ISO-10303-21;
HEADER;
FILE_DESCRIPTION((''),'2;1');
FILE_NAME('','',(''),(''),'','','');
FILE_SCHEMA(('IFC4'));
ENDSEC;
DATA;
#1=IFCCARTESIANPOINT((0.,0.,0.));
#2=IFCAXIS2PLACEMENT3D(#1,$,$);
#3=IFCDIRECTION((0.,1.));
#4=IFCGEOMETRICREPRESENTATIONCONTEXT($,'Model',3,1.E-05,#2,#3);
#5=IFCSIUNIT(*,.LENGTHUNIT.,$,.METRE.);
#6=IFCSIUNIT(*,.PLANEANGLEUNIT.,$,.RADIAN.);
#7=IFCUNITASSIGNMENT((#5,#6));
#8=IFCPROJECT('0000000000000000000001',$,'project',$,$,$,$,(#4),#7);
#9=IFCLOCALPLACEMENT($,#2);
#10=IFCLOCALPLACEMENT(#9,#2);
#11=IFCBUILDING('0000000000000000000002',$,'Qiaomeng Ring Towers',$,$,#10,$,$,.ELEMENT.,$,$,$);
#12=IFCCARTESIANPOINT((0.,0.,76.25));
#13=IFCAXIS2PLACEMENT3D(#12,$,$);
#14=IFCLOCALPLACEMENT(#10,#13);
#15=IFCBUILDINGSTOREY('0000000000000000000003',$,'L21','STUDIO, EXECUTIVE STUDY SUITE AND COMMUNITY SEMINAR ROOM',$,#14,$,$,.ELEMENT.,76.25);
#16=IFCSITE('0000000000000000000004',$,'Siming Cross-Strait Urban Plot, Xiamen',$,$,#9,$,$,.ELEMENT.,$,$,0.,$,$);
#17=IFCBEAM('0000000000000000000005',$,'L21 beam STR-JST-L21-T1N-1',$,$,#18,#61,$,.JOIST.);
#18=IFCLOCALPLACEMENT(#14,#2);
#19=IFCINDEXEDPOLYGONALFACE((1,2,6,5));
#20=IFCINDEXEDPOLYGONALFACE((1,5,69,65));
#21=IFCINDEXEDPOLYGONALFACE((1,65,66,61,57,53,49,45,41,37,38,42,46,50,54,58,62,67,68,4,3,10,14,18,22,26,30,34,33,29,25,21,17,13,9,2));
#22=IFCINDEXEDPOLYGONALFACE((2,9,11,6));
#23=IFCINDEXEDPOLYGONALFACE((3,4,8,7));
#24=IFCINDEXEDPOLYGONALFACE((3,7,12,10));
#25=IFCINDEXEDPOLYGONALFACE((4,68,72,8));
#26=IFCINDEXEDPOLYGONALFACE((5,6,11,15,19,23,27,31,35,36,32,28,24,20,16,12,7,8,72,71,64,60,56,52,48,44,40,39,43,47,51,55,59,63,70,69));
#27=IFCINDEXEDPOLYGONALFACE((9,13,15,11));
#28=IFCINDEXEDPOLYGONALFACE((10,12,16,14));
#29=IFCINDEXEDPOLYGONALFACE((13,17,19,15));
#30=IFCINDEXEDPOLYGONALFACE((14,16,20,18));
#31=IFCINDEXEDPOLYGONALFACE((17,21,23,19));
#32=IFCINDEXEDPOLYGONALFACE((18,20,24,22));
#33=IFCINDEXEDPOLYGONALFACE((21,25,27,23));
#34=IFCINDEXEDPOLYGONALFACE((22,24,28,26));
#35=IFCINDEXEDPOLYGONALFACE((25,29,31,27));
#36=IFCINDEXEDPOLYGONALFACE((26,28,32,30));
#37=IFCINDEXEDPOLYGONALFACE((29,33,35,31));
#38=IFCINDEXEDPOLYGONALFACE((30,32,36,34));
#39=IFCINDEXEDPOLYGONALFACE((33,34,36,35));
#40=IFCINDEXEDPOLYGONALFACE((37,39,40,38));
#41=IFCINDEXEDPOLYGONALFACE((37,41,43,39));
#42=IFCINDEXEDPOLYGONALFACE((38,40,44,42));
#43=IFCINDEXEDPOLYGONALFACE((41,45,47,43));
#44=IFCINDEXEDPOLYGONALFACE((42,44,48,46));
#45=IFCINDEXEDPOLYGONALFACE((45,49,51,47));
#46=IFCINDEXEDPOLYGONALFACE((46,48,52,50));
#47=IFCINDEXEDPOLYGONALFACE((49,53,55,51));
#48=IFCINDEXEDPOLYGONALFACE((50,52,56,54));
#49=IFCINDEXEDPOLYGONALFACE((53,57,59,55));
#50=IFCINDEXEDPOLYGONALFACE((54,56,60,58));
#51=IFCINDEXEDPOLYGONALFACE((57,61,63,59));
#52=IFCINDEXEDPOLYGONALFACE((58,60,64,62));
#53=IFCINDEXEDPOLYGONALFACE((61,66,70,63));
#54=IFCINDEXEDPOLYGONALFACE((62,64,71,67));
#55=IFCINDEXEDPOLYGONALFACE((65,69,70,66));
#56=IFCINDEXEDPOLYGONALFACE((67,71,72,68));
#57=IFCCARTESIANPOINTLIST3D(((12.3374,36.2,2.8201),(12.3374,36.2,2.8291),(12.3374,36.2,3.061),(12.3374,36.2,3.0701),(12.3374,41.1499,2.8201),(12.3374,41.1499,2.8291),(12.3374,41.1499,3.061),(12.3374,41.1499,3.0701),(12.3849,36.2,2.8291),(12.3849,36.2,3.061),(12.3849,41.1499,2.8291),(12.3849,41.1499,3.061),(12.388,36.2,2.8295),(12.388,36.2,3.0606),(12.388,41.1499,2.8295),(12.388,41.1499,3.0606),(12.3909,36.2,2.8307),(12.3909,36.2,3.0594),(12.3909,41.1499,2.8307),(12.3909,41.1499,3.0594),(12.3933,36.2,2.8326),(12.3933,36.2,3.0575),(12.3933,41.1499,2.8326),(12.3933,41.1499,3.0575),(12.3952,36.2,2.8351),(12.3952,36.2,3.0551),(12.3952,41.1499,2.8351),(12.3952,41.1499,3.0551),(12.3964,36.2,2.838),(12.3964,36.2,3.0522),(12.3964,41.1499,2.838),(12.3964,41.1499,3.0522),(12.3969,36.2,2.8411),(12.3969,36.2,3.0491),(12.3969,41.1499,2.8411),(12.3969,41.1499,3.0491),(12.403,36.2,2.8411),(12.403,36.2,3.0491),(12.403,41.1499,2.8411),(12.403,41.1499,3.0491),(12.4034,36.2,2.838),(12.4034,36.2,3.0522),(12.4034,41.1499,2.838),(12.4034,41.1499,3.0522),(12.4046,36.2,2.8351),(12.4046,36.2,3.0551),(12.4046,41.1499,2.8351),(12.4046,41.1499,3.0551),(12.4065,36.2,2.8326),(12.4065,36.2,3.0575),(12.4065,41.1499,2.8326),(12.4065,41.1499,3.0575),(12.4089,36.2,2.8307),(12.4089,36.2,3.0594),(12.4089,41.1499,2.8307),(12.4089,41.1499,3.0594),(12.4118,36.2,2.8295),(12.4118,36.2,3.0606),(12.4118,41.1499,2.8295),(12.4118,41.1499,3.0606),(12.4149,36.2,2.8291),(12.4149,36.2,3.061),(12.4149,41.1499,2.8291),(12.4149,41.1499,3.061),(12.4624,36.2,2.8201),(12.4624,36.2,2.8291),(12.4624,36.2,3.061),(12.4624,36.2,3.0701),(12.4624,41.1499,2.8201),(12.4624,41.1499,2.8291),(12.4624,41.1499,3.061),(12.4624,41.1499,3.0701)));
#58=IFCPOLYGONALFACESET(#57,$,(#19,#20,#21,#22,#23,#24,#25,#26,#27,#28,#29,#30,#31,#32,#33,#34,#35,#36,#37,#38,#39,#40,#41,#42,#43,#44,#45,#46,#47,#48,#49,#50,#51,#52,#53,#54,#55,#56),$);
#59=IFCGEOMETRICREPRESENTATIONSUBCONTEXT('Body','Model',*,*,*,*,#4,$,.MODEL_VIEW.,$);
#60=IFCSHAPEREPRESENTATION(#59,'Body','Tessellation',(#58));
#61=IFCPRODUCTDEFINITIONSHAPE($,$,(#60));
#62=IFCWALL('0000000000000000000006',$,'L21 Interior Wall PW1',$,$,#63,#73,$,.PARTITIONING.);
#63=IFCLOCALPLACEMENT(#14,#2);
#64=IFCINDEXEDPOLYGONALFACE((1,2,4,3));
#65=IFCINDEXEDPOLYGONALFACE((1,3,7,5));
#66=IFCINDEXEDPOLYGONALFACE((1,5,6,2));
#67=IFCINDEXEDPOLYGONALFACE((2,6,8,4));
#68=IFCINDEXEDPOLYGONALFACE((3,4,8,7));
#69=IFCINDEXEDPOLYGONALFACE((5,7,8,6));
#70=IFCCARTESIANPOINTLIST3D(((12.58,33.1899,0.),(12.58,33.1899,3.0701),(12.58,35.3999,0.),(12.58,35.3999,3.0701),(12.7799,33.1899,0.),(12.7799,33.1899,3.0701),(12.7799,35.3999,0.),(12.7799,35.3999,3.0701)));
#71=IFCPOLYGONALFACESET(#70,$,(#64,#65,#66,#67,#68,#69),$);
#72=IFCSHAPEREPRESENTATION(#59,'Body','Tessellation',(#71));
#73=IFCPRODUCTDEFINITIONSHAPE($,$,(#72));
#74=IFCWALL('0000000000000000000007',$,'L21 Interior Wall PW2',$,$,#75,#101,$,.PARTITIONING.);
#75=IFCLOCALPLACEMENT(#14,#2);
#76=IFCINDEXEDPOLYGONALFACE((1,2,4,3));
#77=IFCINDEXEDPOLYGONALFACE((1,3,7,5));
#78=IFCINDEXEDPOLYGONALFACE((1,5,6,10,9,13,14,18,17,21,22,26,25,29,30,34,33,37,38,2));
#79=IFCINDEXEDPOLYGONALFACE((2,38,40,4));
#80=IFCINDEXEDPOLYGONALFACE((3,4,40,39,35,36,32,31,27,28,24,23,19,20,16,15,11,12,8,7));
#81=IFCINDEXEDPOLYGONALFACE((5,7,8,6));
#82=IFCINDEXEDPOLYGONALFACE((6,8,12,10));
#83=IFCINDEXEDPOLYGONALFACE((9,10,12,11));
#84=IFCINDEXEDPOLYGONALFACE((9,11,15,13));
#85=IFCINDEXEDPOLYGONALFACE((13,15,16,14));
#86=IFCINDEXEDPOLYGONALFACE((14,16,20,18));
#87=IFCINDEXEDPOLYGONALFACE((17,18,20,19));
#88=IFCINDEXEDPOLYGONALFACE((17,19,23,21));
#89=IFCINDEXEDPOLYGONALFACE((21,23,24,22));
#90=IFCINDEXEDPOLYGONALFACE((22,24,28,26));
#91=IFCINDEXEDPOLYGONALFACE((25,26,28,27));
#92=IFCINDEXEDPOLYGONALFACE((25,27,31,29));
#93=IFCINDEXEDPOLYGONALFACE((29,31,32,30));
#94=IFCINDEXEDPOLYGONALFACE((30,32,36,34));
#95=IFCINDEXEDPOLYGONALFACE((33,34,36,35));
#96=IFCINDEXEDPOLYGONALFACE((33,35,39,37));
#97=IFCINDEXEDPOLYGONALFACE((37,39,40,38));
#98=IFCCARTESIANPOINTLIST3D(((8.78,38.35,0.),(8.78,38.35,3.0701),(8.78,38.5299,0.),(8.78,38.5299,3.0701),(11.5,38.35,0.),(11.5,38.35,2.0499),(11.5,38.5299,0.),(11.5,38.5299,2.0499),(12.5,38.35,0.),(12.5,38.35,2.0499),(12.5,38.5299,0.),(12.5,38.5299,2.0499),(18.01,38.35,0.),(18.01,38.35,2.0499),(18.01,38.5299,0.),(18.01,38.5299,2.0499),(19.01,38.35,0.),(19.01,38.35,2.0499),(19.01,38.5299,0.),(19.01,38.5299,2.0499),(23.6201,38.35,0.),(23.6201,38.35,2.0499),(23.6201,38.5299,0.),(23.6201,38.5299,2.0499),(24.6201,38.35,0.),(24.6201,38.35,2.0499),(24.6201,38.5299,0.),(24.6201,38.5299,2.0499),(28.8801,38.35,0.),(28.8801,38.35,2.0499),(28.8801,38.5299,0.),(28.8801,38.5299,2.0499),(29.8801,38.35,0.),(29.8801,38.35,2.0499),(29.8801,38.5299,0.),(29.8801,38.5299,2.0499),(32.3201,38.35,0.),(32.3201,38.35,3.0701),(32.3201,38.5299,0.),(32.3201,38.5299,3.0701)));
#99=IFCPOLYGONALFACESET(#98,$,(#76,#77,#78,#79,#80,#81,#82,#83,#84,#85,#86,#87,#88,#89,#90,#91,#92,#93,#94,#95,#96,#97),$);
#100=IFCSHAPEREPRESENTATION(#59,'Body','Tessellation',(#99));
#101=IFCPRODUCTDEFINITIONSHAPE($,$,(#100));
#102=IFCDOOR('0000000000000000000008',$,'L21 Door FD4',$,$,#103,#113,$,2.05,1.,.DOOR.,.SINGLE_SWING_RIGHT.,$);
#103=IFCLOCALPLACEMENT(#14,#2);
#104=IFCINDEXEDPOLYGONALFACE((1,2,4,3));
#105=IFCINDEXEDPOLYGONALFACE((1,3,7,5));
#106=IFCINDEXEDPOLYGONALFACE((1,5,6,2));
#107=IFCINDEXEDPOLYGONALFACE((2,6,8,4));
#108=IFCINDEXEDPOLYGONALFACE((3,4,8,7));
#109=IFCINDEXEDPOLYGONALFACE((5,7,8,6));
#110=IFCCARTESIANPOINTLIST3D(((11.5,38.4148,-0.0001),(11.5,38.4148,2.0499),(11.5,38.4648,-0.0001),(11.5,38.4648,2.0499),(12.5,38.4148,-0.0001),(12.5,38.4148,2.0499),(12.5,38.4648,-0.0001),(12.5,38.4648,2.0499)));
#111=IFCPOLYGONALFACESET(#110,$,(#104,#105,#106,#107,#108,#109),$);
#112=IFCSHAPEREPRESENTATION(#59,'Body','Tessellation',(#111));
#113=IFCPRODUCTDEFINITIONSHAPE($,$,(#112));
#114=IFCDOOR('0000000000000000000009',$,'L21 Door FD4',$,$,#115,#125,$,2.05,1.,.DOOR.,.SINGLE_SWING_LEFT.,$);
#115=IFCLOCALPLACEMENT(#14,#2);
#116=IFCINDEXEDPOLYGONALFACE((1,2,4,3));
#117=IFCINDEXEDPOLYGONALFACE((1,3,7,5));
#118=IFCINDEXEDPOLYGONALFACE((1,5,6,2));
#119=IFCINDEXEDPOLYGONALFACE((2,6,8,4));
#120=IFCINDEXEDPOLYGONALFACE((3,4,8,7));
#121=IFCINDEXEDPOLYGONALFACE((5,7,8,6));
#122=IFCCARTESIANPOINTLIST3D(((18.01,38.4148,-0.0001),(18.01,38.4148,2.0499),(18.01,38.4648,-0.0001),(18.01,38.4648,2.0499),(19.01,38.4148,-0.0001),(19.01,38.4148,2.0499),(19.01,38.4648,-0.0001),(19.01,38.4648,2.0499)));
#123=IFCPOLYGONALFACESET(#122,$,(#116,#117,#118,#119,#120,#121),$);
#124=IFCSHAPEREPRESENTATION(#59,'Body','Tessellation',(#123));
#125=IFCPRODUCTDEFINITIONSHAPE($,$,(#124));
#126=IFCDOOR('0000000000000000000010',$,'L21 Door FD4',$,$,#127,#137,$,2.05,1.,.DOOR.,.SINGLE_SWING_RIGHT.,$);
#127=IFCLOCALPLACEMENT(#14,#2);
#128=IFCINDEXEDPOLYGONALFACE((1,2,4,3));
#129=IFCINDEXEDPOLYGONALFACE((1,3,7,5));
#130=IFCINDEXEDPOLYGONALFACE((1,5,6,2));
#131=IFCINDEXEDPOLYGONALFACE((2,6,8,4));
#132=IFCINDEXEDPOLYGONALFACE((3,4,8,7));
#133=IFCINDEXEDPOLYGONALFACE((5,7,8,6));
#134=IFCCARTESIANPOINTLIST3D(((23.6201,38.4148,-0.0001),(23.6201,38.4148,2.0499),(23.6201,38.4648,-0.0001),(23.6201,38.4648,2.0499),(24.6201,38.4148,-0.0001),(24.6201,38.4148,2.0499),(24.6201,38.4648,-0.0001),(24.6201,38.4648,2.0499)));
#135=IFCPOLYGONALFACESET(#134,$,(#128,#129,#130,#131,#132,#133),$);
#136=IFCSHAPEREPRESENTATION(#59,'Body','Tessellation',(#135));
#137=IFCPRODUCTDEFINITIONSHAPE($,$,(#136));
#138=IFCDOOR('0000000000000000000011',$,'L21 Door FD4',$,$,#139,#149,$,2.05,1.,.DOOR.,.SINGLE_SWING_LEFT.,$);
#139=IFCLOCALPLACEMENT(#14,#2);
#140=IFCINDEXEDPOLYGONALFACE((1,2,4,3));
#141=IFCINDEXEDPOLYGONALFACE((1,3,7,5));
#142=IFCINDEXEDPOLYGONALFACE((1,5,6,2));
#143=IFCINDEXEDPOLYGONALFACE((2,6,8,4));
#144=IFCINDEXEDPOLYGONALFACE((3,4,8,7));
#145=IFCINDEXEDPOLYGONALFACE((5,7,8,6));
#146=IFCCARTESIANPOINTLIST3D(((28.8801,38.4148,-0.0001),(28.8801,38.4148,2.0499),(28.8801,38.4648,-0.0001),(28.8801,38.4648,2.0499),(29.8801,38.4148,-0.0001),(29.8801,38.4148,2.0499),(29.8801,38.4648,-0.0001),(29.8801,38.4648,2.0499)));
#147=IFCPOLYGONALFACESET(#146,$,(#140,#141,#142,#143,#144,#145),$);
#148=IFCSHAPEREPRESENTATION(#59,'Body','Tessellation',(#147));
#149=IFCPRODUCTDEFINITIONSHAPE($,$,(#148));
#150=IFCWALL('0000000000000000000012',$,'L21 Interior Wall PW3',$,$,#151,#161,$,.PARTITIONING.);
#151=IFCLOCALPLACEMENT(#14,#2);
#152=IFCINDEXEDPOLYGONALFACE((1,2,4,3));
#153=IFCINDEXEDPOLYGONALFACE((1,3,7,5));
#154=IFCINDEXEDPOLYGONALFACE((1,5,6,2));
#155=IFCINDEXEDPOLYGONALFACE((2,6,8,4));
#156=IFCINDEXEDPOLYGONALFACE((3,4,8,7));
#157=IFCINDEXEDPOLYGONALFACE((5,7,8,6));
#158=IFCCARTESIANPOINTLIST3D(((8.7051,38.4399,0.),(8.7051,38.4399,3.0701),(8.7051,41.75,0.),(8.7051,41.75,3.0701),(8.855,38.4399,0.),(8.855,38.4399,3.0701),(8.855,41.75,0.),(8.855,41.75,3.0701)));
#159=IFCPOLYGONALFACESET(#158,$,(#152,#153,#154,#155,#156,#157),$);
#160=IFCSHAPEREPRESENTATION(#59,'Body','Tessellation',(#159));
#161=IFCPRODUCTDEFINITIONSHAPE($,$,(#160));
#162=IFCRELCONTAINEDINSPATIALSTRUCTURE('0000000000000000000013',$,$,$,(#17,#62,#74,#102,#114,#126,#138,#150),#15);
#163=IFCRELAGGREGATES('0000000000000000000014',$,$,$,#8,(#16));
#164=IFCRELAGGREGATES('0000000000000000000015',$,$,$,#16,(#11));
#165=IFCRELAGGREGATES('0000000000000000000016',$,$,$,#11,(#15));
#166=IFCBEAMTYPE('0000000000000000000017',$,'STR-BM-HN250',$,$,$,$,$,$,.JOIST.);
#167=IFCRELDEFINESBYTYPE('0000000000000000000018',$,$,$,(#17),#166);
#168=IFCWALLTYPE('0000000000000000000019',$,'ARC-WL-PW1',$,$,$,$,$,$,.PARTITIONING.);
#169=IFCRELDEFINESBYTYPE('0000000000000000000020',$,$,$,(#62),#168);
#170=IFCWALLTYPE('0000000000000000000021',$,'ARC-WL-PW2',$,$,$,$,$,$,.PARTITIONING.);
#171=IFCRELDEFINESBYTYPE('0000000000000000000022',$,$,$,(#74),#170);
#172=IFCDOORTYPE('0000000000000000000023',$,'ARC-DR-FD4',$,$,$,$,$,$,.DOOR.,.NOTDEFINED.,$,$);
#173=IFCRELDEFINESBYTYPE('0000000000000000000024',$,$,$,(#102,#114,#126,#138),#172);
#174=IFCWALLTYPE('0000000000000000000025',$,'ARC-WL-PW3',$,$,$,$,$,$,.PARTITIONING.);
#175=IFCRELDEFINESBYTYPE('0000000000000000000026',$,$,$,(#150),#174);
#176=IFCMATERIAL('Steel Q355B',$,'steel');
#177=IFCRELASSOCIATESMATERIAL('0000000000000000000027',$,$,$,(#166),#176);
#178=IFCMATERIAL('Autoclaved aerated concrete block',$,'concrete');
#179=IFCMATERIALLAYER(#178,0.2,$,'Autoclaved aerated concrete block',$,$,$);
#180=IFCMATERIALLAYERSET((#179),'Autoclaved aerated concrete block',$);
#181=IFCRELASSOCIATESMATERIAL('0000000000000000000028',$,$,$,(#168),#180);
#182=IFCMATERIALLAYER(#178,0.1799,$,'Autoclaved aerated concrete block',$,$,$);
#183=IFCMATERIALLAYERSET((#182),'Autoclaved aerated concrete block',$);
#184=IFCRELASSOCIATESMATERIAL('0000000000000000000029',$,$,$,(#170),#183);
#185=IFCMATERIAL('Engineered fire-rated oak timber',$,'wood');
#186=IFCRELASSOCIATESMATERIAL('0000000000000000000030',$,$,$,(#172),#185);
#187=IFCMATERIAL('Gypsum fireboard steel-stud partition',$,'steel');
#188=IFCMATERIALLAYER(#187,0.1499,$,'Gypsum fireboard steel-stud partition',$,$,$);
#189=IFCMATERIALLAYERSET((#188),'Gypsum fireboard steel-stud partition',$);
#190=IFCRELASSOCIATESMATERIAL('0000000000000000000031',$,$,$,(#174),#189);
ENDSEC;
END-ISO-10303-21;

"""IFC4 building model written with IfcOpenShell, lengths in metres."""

from ifc_helpers import new_model, si_unit, direction, frame, frame_2d, origin, origin_2d, place, context, subcontext, project, spatial, rectangle, i_section, extrude, source, transform, mapped, material, layer, layer_set, material_profile, profile_set, type_object, element, fill, save


model = new_model("IFC4")

# Units and contexts
model_context = context("Model", 3, precision=1e-05, world=origin(), true_north=direction((0.0, 1.0)))
body_context = subcontext(model_context, "Body", "Model", "MODEL_VIEW")
ifc_project = project(units=[si_unit("LENGTHUNIT", "METRE"), si_unit("PLANEANGLEUNIT", "RADIAN")], contexts=[model_context])

# Site, building, storey
site_placement = place(None, origin())
site = spatial("IfcSite", under=ifc_project, at=site_placement, Name="Siming Cross-Strait Urban Plot, Xiamen", CompositionType="ELEMENT", RefElevation=0.0)
building_placement = place(site_placement, origin())
building = spatial("IfcBuilding", under=site, at=building_placement, Name="Qiaomeng Ring Towers", CompositionType="ELEMENT")
storey_placement = place(building_placement, frame((0.0, 0.0, 76.25)))
storey = spatial("IfcBuildingStorey", under=building, at=storey_placement, Name="L21", Description="STUDIO, EXECUTIVE STUDY SUITE AND COMMUNITY SEMINAR ROOM", CompositionType="ELEMENT", Elevation=76.25)

# Beam
ifc_material_1 = material(Name="Steel Q355B", Category="steel")
ifc_material_profile = material_profile(ifc_material_1, i_section(OverallWidth=0.125, OverallDepth=0.25, WebThickness=0.0061, FlangeThickness=0.009, FilletRadius=0.012, at=origin_2d()), Name="HN 250x125x6x9")
ifc_profile_set = profile_set([ifc_material_profile], Name="Steel Q355B")
beam_type = type_object("IfcBeamType", Name="STR-BM-HN250", PredefinedType="JOIST", material=ifc_profile_set)
shared_shape_1 = source(origin(), body_context, "Body", "SweptSolid", [
    extrude(i_section(OverallWidth=0.125, OverallDepth=0.25, WebThickness=0.0061, FlangeThickness=0.009, FilletRadius=0.012, at=origin_2d()), origin(), (0.0, 0.0, 1.0), 4.95),
])
beam_placement = place(storey_placement, frame((12.3999, 36.2, 2.9451), z_axis=(0.0, 1.0, 0.0), x_axis=(-1.0, 0.0, 0.0)))
element("IfcBeam", 1, at=beam_placement, inside=storey, type_object=beam_type, Name="L21 beam STR-JST-L21-T1N-1", PredefinedType="JOIST", context=body_context, shape_type="MappedRepresentation", body=[
    mapped(shared_shape_1, transform((0.0, 0.0, 0.0), x_axis=(1.0, 0.0, 0.0), y_axis=(0.0, 1.0, 0.0), z_axis=(0.0, 0.0, 1.0), scale=1.0)),
])

# Wall
ifc_material_2 = material(Name="Autoclaved aerated concrete block", Category="concrete")
ifc_layer_1 = layer(ifc_material_2, 0.2, Name="Autoclaved aerated concrete block")
ifc_layer_set_1 = layer_set([ifc_layer_1], Name="Autoclaved aerated concrete block")
wall_type_1 = type_object("IfcWallType", Name="ARC-WL-PW1", PredefinedType="PARTITIONING", material=ifc_layer_set_1)
wall_1_placement = place(storey_placement, frame((12.6799, 33.1899, 0.0), z_axis=(0.0, 0.0, 1.0), x_axis=(0.0, 1.0, 0.0)))
element("IfcWall", 2, at=wall_1_placement, inside=storey, type_object=wall_type_1, Name="L21 Interior Wall PW1", PredefinedType="PARTITIONING", context=body_context, shape_type="SweptSolid", body=[
    extrude(rectangle(XDim=2.21, YDim=0.2, at=frame_2d((1.105, 0.0))), origin(), (0.0, 0.0, 1.0), 3.0701),
])

# Wall, openings, doors
ifc_layer_2 = layer(ifc_material_2, 0.1799, Name="Autoclaved aerated concrete block")
ifc_layer_set_2 = layer_set([ifc_layer_2], Name="Autoclaved aerated concrete block")
wall_type_2 = type_object("IfcWallType", Name="ARC-WL-PW2", PredefinedType="PARTITIONING", material=ifc_layer_set_2)
wall_2_placement = place(storey_placement, frame((8.78, 38.4399, 0.0), z_axis=(0.0, 0.0, 1.0), x_axis=(1.0, 0.0, 0.0)))
wall_2 = element("IfcWall", 3, at=wall_2_placement, inside=storey, type_object=wall_type_2, Name="L21 Interior Wall PW2", PredefinedType="PARTITIONING", context=body_context, shape_type="SweptSolid", body=[
    extrude(rectangle(XDim=23.54, YDim=0.1799, at=frame_2d((11.77, 0.0))), origin(), (0.0, 0.0, 1.0), 3.0701),
])
opening_1_placement = place(wall_2_placement, frame((2.72, 0.0, 0.0)))
opening_1 = element("IfcOpeningElement", 4, at=opening_1_placement, cuts=wall_2, PredefinedType="OPENING", context=body_context, shape_type="SweptSolid", body=[
    extrude(rectangle(XDim=1.0, YDim=2.05, at=frame_2d((0.5, 1.0249))), frame((0.0, 0.0999, 0.0), z_axis=(0.0, -1.0, 0.0), x_axis=(1.0, 0.0, 0.0)), (0.0, 0.0, 1.0), 0.2),
])
opening_2_placement = place(wall_2_placement, frame((9.23, 0.0, 0.0)))
opening_2 = element("IfcOpeningElement", 5, at=opening_2_placement, cuts=wall_2, PredefinedType="OPENING", context=body_context, shape_type="SweptSolid", body=[
    extrude(rectangle(XDim=1.0, YDim=2.05, at=frame_2d((0.5, 1.0249))), frame((0.0, 0.0999, 0.0), z_axis=(0.0, -1.0, 0.0), x_axis=(1.0, 0.0, 0.0)), (0.0, 0.0, 1.0), 0.2),
])
opening_3_placement = place(wall_2_placement, frame((14.8401, 0.0, 0.0)))
opening_3 = element("IfcOpeningElement", 6, at=opening_3_placement, cuts=wall_2, PredefinedType="OPENING", context=body_context, shape_type="SweptSolid", body=[
    extrude(rectangle(XDim=1.0, YDim=2.05, at=frame_2d((0.5, 1.0249))), frame((0.0, 0.0999, 0.0), z_axis=(0.0, -1.0, 0.0), x_axis=(1.0, 0.0, 0.0)), (0.0, 0.0, 1.0), 0.2),
])
opening_4_placement = place(wall_2_placement, frame((20.1001, 0.0, 0.0)))
opening_4 = element("IfcOpeningElement", 7, at=opening_4_placement, cuts=wall_2, PredefinedType="OPENING", context=body_context, shape_type="SweptSolid", body=[
    extrude(rectangle(XDim=1.0, YDim=2.05, at=frame_2d((0.5, 1.0249))), frame((0.0, 0.0999, 0.0), z_axis=(0.0, -1.0, 0.0), x_axis=(1.0, 0.0, 0.0)), (0.0, 0.0, 1.0), 0.2),
])
ifc_material_3 = material(Name="Engineered fire-rated oak timber", Category="wood")
door_type_1 = type_object("IfcDoorType", Name="ARC-DR-FD4", OperationType="NOTDEFINED", PredefinedType="DOOR", material=ifc_material_3)
shared_shape_2 = source(origin(), body_context, "Body", "SweptSolid", [
    extrude(rectangle(XDim=1.0, YDim=2.05, at=frame_2d((0.5, 1.0249))), frame((0.0, 0.0249, 0.0), z_axis=(0.0, -1.0, 0.0), x_axis=(1.0, 0.0, 0.0)), (0.0, 0.0, 1.0), 0.05),
])
door_1_placement = place(opening_1_placement, origin())
door_1 = element("IfcDoor", 8, at=door_1_placement, inside=storey, type_object=door_type_1, Name="L21 Door FD4", OperationType="SINGLE_SWING_RIGHT", OverallHeight=2.05, OverallWidth=1.0, PredefinedType="DOOR", context=body_context, shape_type="MappedRepresentation", body=[
    mapped(shared_shape_2, transform((0.0, 0.0, 0.0), x_axis=(1.0, 0.0, 0.0), y_axis=(0.0, 1.0, 0.0), z_axis=(0.0, 0.0, 1.0), scale=1.0)),
])
fill(opening_1, door_1)
door_2_placement = place(opening_2_placement, origin())
door_2 = element("IfcDoor", 9, at=door_2_placement, inside=storey, type_object=door_type_1, Name="L21 Door FD4", OperationType="SINGLE_SWING_LEFT", OverallHeight=2.05, OverallWidth=1.0, PredefinedType="DOOR", context=body_context, shape_type="MappedRepresentation", body=[
    mapped(shared_shape_2, transform((0.0, 0.0, 0.0), x_axis=(1.0, 0.0, 0.0), y_axis=(0.0, 1.0, 0.0), z_axis=(0.0, 0.0, 1.0), scale=1.0)),
])
fill(opening_2, door_2)
door_3_placement = place(opening_3_placement, origin())
door_3 = element("IfcDoor", 10, at=door_3_placement, inside=storey, type_object=door_type_1, Name="L21 Door FD4", OperationType="SINGLE_SWING_RIGHT", OverallHeight=2.05, OverallWidth=1.0, PredefinedType="DOOR", context=body_context, shape_type="MappedRepresentation", body=[
    mapped(shared_shape_2, transform((0.0, 0.0, 0.0), x_axis=(1.0, 0.0, 0.0), y_axis=(0.0, 1.0, 0.0), z_axis=(0.0, 0.0, 1.0), scale=1.0)),
])
fill(opening_3, door_3)
door_4_placement = place(opening_4_placement, origin())
door_4 = element("IfcDoor", 11, at=door_4_placement, inside=storey, type_object=door_type_1, Name="L21 Door FD4", OperationType="SINGLE_SWING_LEFT", OverallHeight=2.05, OverallWidth=1.0, PredefinedType="DOOR", context=body_context, shape_type="MappedRepresentation", body=[
    mapped(shared_shape_2, transform((0.0, 0.0, 0.0), x_axis=(1.0, 0.0, 0.0), y_axis=(0.0, 1.0, 0.0), z_axis=(0.0, 0.0, 1.0), scale=1.0)),
])
fill(opening_4, door_4)

# Wall
ifc_material_4 = material(Name="Gypsum fireboard steel-stud partition", Category="steel")
ifc_layer_3 = layer(ifc_material_4, 0.1499, Name="Gypsum fireboard steel-stud partition")
ifc_layer_set_3 = layer_set([ifc_layer_3], Name="Gypsum fireboard steel-stud partition")
wall_type_3 = type_object("IfcWallType", Name="ARC-WL-PW3", PredefinedType="PARTITIONING", material=ifc_layer_set_3)
wall_3_placement = place(storey_placement, frame((8.78, 38.4399, 0.0), z_axis=(0.0, 0.0, 1.0), x_axis=(0.0, 1.0, 0.0)))
element("IfcWall", 12, at=wall_3_placement, inside=storey, type_object=wall_type_3, Name="L21 Interior Wall PW3", PredefinedType="PARTITIONING", context=body_context, shape_type="SweptSolid", body=[
    extrude(rectangle(XDim=3.3101, YDim=0.1499, at=frame_2d((1.655, 0.0))), origin(), (0.0, 0.0, 1.0), 3.0701),
])

save(model, "model.ifc")
